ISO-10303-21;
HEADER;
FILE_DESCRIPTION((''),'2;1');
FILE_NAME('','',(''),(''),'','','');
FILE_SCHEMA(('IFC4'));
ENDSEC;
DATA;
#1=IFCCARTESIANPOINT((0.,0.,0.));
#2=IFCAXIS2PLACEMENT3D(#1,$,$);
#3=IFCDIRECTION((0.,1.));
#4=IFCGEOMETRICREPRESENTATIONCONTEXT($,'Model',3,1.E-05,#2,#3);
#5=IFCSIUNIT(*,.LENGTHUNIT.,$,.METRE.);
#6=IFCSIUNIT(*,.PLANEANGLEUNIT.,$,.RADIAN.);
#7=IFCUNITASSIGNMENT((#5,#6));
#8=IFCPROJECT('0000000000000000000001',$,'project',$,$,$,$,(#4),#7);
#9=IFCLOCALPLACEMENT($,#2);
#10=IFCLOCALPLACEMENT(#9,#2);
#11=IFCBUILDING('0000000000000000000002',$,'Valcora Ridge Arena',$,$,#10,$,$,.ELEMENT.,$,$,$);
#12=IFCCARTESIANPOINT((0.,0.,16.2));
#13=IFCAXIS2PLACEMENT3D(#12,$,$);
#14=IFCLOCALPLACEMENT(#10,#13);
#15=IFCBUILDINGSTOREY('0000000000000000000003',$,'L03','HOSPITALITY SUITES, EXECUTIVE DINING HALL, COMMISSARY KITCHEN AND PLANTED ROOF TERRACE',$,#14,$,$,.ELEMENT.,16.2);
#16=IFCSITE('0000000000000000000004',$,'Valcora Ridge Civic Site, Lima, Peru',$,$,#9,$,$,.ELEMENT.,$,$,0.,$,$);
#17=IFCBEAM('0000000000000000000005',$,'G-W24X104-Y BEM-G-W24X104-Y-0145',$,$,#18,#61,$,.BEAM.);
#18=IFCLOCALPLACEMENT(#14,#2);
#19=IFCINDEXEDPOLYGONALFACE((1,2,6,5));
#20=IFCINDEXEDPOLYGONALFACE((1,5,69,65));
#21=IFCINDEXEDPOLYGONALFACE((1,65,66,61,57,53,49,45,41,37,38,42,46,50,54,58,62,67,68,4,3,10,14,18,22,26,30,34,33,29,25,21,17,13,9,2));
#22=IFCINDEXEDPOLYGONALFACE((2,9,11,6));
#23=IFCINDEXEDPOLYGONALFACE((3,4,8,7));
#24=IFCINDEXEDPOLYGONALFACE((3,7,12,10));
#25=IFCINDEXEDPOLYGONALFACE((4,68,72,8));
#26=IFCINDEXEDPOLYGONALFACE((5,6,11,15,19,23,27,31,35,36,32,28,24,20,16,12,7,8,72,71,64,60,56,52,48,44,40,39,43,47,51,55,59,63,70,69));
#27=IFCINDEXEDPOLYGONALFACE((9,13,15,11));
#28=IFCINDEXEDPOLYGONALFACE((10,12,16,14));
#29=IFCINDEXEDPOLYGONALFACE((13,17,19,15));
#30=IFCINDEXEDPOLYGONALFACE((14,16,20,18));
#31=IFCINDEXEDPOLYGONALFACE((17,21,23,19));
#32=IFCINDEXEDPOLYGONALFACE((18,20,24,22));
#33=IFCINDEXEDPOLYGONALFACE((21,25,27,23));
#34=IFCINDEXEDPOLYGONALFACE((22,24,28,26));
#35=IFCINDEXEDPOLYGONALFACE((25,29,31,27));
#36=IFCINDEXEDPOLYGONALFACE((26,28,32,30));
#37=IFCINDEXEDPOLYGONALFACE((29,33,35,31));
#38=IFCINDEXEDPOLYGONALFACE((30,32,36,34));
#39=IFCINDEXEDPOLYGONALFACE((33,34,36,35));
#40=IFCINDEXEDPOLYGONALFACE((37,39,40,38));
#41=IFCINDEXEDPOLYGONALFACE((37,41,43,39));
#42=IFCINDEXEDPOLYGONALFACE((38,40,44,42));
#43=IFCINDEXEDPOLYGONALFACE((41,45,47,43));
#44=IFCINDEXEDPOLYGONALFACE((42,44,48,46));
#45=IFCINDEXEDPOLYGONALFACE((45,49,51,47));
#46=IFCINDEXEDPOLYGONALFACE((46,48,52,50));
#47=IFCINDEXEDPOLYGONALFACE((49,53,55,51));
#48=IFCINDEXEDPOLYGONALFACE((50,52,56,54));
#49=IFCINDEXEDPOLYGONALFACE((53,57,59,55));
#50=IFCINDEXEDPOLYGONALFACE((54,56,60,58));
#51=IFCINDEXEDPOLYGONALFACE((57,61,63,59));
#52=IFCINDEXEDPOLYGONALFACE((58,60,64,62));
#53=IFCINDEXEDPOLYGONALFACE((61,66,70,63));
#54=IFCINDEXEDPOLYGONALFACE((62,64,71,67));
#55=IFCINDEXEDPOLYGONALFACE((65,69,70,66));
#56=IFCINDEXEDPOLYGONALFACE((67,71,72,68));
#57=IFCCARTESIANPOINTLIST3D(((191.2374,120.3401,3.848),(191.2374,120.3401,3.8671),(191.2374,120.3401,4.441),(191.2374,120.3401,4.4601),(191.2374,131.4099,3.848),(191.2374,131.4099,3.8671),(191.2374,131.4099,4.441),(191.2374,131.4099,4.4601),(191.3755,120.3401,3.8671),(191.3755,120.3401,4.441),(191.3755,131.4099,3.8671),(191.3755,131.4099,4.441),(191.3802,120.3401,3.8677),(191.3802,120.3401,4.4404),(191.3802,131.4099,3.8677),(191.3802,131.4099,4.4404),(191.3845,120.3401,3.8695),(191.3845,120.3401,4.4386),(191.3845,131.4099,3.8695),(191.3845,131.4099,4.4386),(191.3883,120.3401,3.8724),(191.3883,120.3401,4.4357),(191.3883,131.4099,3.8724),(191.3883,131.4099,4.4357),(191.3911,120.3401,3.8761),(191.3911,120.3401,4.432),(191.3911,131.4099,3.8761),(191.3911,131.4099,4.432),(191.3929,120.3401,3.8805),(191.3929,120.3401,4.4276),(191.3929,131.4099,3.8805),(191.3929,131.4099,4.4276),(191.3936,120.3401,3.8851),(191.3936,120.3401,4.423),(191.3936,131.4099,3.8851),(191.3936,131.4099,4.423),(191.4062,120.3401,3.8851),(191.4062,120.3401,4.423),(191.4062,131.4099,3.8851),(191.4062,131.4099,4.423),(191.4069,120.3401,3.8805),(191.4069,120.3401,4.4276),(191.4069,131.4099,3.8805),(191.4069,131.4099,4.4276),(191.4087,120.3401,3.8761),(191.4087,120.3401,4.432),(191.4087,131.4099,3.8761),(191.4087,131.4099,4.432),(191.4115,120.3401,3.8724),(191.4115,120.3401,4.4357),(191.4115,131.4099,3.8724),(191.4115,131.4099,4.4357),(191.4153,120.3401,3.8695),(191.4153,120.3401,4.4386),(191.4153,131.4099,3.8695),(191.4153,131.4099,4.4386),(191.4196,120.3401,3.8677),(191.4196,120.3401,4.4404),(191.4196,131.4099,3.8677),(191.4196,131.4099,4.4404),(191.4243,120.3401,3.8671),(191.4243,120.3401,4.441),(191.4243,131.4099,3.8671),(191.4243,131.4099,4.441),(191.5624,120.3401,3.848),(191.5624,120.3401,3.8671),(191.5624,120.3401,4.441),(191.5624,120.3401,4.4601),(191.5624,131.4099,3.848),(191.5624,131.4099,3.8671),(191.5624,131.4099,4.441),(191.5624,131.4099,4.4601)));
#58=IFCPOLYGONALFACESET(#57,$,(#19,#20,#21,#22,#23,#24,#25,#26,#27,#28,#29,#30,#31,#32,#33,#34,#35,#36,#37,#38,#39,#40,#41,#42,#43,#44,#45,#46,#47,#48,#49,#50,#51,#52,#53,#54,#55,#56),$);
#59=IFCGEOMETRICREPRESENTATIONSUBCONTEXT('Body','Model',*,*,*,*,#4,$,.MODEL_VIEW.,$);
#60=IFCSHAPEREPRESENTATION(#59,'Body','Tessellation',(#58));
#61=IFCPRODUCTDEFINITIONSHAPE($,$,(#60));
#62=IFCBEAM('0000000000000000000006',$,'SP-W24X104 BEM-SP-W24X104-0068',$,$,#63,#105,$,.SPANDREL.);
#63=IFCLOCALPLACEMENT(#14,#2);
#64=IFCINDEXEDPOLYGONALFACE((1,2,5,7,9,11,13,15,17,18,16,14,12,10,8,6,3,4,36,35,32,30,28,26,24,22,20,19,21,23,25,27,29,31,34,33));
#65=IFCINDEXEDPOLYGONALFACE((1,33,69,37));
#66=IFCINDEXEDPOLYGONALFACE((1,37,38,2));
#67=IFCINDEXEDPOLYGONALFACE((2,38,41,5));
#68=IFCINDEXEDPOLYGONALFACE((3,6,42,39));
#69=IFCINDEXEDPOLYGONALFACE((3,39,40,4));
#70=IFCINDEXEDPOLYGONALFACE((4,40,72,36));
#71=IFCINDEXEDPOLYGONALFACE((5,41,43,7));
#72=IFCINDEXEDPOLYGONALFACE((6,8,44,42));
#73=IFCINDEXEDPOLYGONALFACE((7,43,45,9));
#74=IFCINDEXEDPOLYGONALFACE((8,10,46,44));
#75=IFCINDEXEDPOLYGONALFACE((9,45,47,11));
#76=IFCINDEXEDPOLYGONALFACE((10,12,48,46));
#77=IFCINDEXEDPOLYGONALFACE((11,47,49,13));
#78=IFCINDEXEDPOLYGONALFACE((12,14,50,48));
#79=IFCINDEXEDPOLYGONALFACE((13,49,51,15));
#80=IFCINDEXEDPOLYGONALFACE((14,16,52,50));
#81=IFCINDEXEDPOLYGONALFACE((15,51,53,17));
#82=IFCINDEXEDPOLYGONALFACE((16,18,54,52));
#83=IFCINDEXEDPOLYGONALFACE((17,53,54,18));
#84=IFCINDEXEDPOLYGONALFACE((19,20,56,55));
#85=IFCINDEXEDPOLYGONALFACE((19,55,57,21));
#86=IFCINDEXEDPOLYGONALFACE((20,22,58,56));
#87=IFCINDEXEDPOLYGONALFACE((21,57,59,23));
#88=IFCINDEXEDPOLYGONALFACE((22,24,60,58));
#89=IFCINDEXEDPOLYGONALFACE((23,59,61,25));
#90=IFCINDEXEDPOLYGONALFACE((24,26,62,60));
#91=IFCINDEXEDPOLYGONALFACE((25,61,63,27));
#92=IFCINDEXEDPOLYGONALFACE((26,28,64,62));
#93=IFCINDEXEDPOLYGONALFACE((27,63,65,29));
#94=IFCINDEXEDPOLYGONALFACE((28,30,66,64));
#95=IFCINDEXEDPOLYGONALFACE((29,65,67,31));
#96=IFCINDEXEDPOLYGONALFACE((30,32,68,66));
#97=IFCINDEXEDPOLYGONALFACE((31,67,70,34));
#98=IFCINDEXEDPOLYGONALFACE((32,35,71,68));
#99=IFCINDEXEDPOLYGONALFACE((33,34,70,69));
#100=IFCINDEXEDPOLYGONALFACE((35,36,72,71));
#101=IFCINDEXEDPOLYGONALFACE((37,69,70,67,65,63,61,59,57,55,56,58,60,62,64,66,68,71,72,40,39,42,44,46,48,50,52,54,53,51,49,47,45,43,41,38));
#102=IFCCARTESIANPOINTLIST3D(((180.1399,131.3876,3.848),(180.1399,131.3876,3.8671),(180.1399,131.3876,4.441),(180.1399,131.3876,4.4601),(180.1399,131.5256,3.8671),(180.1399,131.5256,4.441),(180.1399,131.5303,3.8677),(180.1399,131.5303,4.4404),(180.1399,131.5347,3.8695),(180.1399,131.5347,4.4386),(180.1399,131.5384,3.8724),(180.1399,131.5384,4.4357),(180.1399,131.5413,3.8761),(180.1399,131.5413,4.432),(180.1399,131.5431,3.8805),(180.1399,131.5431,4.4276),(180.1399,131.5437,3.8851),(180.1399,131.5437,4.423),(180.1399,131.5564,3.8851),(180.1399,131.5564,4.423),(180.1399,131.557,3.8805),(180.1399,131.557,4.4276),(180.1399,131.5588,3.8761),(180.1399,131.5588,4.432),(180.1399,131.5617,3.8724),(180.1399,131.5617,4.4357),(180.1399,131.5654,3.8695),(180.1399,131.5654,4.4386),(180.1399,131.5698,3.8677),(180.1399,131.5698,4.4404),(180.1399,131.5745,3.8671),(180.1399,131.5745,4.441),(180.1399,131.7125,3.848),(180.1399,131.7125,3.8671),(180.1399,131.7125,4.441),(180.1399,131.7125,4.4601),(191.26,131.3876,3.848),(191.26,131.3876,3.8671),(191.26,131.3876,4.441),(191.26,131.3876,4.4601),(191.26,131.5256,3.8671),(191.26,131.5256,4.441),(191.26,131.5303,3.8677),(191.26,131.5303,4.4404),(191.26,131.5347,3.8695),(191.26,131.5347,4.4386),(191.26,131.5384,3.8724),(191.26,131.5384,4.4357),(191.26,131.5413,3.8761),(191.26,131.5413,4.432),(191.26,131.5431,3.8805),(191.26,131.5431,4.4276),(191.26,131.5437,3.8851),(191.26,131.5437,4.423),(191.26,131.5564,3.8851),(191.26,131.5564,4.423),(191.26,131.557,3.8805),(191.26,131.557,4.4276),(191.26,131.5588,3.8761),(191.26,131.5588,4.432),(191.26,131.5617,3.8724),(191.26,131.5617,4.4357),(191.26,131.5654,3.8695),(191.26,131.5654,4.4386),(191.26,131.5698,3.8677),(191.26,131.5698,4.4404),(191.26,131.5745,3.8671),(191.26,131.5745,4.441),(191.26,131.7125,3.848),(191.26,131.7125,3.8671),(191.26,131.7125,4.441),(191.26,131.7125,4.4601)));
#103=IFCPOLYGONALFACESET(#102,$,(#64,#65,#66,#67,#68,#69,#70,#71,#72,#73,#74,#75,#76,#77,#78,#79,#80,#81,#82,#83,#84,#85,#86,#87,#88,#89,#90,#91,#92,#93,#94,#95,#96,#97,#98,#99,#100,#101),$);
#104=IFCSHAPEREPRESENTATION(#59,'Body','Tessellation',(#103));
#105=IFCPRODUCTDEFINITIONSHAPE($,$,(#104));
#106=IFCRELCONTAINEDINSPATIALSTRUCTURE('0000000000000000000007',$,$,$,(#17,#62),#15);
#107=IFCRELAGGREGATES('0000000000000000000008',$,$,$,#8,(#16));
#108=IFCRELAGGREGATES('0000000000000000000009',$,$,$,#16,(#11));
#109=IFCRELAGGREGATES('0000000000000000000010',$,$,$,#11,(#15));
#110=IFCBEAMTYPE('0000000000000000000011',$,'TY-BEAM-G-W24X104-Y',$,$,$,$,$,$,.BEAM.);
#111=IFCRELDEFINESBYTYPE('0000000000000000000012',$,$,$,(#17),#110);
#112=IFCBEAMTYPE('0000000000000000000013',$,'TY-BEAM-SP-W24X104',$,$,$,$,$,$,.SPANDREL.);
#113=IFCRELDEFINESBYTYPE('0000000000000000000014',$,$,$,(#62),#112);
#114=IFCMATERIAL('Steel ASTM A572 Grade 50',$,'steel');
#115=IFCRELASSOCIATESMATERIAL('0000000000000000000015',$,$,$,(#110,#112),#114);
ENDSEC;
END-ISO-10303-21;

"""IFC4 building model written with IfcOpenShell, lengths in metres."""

from ifc_helpers import new_model, si_unit, direction, frame, origin, origin_2d, place, context, subcontext, project, spatial, i_section, extrude, material, material_profile, profile_set, type_object, element, save


model = new_model("IFC4")

# Units and contexts
model_context = context("Model", 3, precision=1e-05, world=origin(), true_north=direction((0.0, 1.0)))
body_context = subcontext(model_context, "Body", "Model", "MODEL_VIEW")
ifc_project = project(units=[si_unit("LENGTHUNIT", "METRE"), si_unit("PLANEANGLEUNIT", "RADIAN")], contexts=[model_context])

# Site, building, storey
site_placement = place(None, origin())
site = spatial("IfcSite", under=ifc_project, at=site_placement, Name="Valcora Ridge Civic Site, Lima, Peru", CompositionType="ELEMENT", RefElevation=0.0)
building_placement = place(site_placement, origin())
building = spatial("IfcBuilding", under=site, at=building_placement, Name="Valcora Ridge Arena", CompositionType="ELEMENT")
storey_placement = place(building_placement, frame((0.0, 0.0, 16.2)))
storey = spatial("IfcBuildingStorey", under=building, at=storey_placement, Name="L03", Description="HOSPITALITY SUITES, EXECUTIVE DINING HALL, COMMISSARY KITCHEN AND PLANTED ROOF TERRACE", CompositionType="ELEMENT", Elevation=16.2)

# Beams
ifc_material_1 = material(Name="Steel ASTM A572 Grade 50", Category="steel")
ifc_material_profile_1 = material_profile(ifc_material_1, i_section(OverallWidth=0.325, OverallDepth=0.6121, WebThickness=0.0127, FlangeThickness=0.019, FilletRadius=0.0181, at=origin_2d()), Name="W24X104")
ifc_profile_set_1 = profile_set([ifc_material_profile_1], Name="Steel ASTM A572 Grade 50")
beam_type_1 = type_object("IfcBeamType", Name="TY-BEAM-G-W24X104-Y", PredefinedType="BEAM", material=ifc_profile_set_1)
beam_1_placement = place(storey_placement, frame((191.3999, 120.3401, 4.1541), z_axis=(0.0, 1.0, 0.0), x_axis=(-1.0, 0.0, 0.0)))
element("IfcBeam", 1, at=beam_1_placement, inside=storey, type_object=beam_type_1, Name="G-W24X104-Y BEM-G-W24X104-Y-0145", PredefinedType="BEAM", context=body_context, shape_type="SweptSolid", body=[
    extrude(i_section(OverallWidth=0.325, OverallDepth=0.6121, WebThickness=0.0127, FlangeThickness=0.019, FilletRadius=0.0181, at=origin_2d()), origin(), (0.0, 0.0, 1.0), 11.0698),
])
ifc_material_profile_2 = material_profile(ifc_material_1, i_section(OverallWidth=0.325, OverallDepth=0.6121, WebThickness=0.0127, FlangeThickness=0.019, FilletRadius=0.0181, at=origin_2d()), Name="W24X104")
ifc_profile_set_2 = profile_set([ifc_material_profile_2], Name="Steel ASTM A572 Grade 50")
beam_type_2 = type_object("IfcBeamType", Name="TY-BEAM-SP-W24X104", PredefinedType="SPANDREL", material=ifc_profile_set_2)
beam_2_placement = place(storey_placement, frame((180.1399, 131.55, 4.1541), z_axis=(1.0, 0.0, 0.0), x_axis=(0.0, 1.0, 0.0)))
element("IfcBeam", 2, at=beam_2_placement, inside=storey, type_object=beam_type_2, Name="SP-W24X104 BEM-SP-W24X104-0068", PredefinedType="SPANDREL", context=body_context, shape_type="SweptSolid", body=[
    extrude(i_section(OverallWidth=0.325, OverallDepth=0.6121, WebThickness=0.0127, FlangeThickness=0.019, FilletRadius=0.0181, at=origin_2d()), origin(), (0.0, 0.0, 1.0), 11.1201),
])

save(model, "model.ifc")
